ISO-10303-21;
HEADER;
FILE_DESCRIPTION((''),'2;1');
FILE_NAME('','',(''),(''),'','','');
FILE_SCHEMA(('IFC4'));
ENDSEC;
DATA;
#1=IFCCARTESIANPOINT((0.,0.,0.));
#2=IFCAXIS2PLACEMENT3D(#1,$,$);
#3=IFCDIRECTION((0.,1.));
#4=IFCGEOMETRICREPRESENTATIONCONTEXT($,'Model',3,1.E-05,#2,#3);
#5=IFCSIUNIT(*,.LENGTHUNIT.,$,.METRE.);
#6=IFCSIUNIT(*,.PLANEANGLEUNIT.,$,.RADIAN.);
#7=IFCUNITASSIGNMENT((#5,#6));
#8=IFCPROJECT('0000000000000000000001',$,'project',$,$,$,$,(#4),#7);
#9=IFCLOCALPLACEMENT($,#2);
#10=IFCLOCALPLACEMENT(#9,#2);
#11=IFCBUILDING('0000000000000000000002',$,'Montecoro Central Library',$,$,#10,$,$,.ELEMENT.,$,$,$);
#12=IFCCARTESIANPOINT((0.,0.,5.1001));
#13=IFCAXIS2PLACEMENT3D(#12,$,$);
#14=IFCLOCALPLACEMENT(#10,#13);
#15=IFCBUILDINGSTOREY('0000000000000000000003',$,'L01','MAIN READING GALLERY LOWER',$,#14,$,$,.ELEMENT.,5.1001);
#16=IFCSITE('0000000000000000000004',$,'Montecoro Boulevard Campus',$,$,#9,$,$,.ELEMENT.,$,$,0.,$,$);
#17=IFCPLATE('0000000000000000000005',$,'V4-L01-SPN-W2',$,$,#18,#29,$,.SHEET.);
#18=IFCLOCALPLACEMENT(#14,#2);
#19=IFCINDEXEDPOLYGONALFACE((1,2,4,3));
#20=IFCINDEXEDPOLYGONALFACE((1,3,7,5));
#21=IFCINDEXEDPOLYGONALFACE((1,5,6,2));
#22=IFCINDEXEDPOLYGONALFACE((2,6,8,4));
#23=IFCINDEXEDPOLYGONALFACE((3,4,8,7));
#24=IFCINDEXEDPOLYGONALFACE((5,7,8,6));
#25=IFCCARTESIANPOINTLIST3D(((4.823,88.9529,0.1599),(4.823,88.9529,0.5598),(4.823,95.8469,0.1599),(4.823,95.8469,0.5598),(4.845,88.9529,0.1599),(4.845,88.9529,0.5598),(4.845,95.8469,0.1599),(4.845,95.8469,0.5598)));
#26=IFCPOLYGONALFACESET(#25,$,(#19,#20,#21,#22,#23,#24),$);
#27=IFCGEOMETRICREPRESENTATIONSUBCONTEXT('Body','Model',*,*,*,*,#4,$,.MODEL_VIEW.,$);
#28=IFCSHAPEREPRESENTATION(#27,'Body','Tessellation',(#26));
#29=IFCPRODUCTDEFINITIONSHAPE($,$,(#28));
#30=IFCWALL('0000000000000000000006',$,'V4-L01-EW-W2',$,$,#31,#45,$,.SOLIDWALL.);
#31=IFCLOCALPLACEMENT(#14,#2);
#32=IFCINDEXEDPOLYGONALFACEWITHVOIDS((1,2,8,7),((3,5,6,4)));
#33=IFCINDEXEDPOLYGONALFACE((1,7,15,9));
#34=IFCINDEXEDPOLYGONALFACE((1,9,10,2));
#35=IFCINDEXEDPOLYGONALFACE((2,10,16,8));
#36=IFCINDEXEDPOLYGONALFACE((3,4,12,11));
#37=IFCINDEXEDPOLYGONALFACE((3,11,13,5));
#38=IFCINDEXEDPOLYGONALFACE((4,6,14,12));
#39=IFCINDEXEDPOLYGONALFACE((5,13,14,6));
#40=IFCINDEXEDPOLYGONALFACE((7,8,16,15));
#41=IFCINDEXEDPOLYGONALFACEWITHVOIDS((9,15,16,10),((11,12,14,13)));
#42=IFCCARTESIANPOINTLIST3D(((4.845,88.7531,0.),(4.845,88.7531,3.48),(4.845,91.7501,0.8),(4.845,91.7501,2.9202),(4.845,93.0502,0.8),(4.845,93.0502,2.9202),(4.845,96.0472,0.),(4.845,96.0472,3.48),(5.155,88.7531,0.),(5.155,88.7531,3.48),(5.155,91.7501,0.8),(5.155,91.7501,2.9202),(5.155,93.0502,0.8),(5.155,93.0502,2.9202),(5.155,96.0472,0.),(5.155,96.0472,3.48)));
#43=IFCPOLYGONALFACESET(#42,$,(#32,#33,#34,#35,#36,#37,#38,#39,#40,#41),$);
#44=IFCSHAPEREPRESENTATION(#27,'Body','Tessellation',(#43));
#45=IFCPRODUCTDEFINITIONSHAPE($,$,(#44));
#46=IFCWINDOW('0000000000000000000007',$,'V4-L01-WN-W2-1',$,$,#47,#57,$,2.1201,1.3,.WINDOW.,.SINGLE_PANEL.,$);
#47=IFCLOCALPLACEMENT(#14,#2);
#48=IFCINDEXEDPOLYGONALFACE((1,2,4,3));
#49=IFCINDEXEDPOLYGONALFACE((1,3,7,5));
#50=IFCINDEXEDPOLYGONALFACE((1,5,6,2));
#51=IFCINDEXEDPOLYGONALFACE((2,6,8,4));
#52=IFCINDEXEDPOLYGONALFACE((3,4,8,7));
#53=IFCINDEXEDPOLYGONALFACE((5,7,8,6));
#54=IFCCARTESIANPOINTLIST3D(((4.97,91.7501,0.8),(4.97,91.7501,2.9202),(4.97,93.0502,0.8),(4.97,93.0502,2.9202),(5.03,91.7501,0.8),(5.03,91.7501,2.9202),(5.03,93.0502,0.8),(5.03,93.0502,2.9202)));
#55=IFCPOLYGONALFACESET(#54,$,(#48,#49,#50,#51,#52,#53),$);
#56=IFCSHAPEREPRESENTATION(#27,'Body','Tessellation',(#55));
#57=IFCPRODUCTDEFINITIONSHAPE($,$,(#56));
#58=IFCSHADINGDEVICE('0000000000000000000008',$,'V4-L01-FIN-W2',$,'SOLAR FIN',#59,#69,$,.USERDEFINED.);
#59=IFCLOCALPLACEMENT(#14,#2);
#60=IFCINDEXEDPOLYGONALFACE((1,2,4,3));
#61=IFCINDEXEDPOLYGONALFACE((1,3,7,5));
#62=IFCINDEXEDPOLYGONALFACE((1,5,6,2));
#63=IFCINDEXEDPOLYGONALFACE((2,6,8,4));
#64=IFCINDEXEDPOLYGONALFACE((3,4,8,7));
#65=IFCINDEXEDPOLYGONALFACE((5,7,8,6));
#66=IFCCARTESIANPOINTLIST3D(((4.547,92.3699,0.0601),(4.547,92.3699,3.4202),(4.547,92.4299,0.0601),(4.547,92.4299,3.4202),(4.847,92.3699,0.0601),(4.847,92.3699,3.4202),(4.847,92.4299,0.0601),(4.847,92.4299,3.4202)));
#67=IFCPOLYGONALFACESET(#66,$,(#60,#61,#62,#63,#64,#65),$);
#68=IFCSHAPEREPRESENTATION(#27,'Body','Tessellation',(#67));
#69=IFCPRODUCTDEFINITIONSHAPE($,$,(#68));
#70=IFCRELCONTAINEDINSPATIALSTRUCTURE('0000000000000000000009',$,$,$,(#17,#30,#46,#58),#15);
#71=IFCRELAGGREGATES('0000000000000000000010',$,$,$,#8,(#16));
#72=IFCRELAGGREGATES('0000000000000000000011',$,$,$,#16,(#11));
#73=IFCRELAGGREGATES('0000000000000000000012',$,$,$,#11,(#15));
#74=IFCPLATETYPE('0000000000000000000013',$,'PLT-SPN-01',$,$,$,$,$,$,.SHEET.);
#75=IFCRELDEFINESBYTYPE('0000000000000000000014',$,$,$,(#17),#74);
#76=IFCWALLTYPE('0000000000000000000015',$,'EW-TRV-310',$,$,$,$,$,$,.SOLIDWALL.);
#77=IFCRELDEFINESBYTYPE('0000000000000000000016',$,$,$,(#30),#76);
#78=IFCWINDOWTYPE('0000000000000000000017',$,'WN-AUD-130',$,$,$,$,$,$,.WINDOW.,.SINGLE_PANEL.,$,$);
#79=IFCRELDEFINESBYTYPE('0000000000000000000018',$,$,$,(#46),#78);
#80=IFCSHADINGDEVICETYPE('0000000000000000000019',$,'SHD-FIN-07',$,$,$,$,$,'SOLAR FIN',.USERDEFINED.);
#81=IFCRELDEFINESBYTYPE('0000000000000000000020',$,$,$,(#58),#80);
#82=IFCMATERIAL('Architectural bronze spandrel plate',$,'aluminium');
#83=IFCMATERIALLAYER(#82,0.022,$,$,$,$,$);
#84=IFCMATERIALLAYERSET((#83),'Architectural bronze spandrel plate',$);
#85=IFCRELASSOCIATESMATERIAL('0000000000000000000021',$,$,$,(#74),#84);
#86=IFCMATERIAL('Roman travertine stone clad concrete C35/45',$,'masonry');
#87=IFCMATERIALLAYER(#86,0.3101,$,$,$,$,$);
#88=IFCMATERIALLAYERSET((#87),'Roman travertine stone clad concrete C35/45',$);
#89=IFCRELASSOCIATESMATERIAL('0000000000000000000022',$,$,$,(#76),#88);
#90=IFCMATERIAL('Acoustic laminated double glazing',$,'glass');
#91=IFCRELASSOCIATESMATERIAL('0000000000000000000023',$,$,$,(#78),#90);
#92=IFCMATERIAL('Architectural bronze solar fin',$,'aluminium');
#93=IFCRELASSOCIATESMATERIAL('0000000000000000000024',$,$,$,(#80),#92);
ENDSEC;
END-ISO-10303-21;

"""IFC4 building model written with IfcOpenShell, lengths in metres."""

from ifc_helpers import new_model, si_unit, direction, frame, frame_2d, origin, origin_2d, place, context, subcontext, project, spatial, rectangle, extrude, material, layer, layer_set, type_object, element, fill, save


model = new_model("IFC4")

# Units and contexts
model_context = context("Model", 3, precision=1e-05, world=origin(), true_north=direction((0.0, 1.0)))
body_context = subcontext(model_context, "Body", "Model", "MODEL_VIEW")
ifc_project = project(units=[si_unit("LENGTHUNIT", "METRE"), si_unit("PLANEANGLEUNIT", "RADIAN")], contexts=[model_context])

# Site, building, storey
site_placement = place(None, origin())
site = spatial("IfcSite", under=ifc_project, at=site_placement, Name="Montecoro Boulevard Campus", CompositionType="ELEMENT", RefElevation=0.0)
building_placement = place(site_placement, origin())
building = spatial("IfcBuilding", under=site, at=building_placement, Name="Montecoro Central Library", CompositionType="ELEMENT")
storey_placement = place(building_placement, frame((0.0, 0.0, 5.1001)))
storey = spatial("IfcBuildingStorey", under=building, at=storey_placement, Name="L01", Description="MAIN READING GALLERY LOWER", CompositionType="ELEMENT", Elevation=5.1001)

# Plate
ifc_material_1 = material(Name="Architectural bronze spandrel plate", Category="aluminium")
ifc_layer_1 = layer(ifc_material_1, 0.022)
ifc_layer_set_1 = layer_set([ifc_layer_1], Name="Architectural bronze spandrel plate")
plate_type_1 = type_object("IfcPlateType", Name="PLT-SPN-01", PredefinedType="SHEET", material=ifc_layer_set_1)
plate_1_placement = place(storey_placement, frame((4.834, 92.3999, 0.1599), z_axis=(0.0, 0.0, 1.0), x_axis=(0.0, -1.0, 0.0)))
element("IfcPlate", 1, at=plate_1_placement, inside=storey, type_object=plate_type_1, Name="V4-L01-SPN-W2", PredefinedType="SHEET", context=body_context, shape_type="SweptSolid", body=[
    extrude(rectangle(XDim=6.894, YDim=0.022, at=origin_2d()), origin(), (0.0, 0.0, 1.0), 0.3999),
])

# Wall, opening, window
ifc_material_2 = material(Name="Roman travertine stone clad concrete C35/45", Category="masonry")
ifc_layer_2 = layer(ifc_material_2, 0.3101)
ifc_layer_set_2 = layer_set([ifc_layer_2], Name="Roman travertine stone clad concrete C35/45")
wall_type = type_object("IfcWallType", Name="EW-TRV-310", PredefinedType="SOLIDWALL", material=ifc_layer_set_2)
wall_placement = place(storey_placement, frame((5.0, 96.0471, 0.0), z_axis=(0.0, 0.0, 1.0), x_axis=(0.0, -1.0, 0.0)))
wall = element("IfcWall", 2, at=wall_placement, inside=storey, type_object=wall_type, Name="V4-L01-EW-W2", PredefinedType="SOLIDWALL", context=body_context, shape_type="SweptSolid", body=[
    extrude(rectangle(XDim=7.2942, YDim=0.3101, at=frame_2d((3.647, 0.0))), origin(), (0.0, 0.0, 1.0), 3.48),
])
opening_placement = place(wall_placement, frame((2.9971, 0.0, 0.8)))
opening = element("IfcOpeningElement", 3, at=opening_placement, cuts=wall, PredefinedType="OPENING", context=body_context, shape_type="SweptSolid", body=[
    extrude(rectangle(XDim=1.3, YDim=2.1201, at=frame_2d((0.6499, 1.0601))), frame((0.0, 0.165, 0.0), z_axis=(0.0, -1.0, 0.0), x_axis=(1.0, 0.0, 0.0)), (0.0, 0.0, 1.0), 0.3301),
])
ifc_material_3 = material(Name="Acoustic laminated double glazing", Category="glass")
window_type = type_object("IfcWindowType", Name="WN-AUD-130", PartitioningType="SINGLE_PANEL", PredefinedType="WINDOW", material=ifc_material_3)
window_placement = place(opening_placement, origin())
window = element("IfcWindow", 4, at=window_placement, inside=storey, type_object=window_type, Name="V4-L01-WN-W2-1", OverallHeight=2.1201, OverallWidth=1.3, PartitioningType="SINGLE_PANEL", PredefinedType="WINDOW", context=body_context, shape_type="SweptSolid", body=[
    extrude(rectangle(XDim=1.3, YDim=2.1201, at=frame_2d((0.6499, 1.0601))), frame((0.0, 0.03, 0.0), z_axis=(0.0, -1.0, 0.0), x_axis=(1.0, 0.0, 0.0)), (0.0, 0.0, 1.0), 0.0601),
])
fill(opening, window)

# Shading device
ifc_material_4 = material(Name="Architectural bronze solar fin", Category="aluminium")
shading_device_type = type_object("IfcShadingDeviceType", Name="SHD-FIN-07", ElementType="SOLAR FIN", PredefinedType="USERDEFINED", material=ifc_material_4)
shading_device_placement = place(storey_placement, frame((4.697, 92.3999, 0.0601), z_axis=(0.0, 0.0, 1.0), x_axis=(0.0, -1.0, 0.0)))
element("IfcShadingDevice", 5, at=shading_device_placement, inside=storey, type_object=shading_device_type, Name="V4-L01-FIN-W2", ObjectType="SOLAR FIN", PredefinedType="USERDEFINED", context=body_context, shape_type="SweptSolid", body=[
    extrude(rectangle(XDim=0.0601, YDim=0.3, at=origin_2d()), origin(), (0.0, 0.0, 1.0), 3.3601),
])

save(model, "model.ifc")
